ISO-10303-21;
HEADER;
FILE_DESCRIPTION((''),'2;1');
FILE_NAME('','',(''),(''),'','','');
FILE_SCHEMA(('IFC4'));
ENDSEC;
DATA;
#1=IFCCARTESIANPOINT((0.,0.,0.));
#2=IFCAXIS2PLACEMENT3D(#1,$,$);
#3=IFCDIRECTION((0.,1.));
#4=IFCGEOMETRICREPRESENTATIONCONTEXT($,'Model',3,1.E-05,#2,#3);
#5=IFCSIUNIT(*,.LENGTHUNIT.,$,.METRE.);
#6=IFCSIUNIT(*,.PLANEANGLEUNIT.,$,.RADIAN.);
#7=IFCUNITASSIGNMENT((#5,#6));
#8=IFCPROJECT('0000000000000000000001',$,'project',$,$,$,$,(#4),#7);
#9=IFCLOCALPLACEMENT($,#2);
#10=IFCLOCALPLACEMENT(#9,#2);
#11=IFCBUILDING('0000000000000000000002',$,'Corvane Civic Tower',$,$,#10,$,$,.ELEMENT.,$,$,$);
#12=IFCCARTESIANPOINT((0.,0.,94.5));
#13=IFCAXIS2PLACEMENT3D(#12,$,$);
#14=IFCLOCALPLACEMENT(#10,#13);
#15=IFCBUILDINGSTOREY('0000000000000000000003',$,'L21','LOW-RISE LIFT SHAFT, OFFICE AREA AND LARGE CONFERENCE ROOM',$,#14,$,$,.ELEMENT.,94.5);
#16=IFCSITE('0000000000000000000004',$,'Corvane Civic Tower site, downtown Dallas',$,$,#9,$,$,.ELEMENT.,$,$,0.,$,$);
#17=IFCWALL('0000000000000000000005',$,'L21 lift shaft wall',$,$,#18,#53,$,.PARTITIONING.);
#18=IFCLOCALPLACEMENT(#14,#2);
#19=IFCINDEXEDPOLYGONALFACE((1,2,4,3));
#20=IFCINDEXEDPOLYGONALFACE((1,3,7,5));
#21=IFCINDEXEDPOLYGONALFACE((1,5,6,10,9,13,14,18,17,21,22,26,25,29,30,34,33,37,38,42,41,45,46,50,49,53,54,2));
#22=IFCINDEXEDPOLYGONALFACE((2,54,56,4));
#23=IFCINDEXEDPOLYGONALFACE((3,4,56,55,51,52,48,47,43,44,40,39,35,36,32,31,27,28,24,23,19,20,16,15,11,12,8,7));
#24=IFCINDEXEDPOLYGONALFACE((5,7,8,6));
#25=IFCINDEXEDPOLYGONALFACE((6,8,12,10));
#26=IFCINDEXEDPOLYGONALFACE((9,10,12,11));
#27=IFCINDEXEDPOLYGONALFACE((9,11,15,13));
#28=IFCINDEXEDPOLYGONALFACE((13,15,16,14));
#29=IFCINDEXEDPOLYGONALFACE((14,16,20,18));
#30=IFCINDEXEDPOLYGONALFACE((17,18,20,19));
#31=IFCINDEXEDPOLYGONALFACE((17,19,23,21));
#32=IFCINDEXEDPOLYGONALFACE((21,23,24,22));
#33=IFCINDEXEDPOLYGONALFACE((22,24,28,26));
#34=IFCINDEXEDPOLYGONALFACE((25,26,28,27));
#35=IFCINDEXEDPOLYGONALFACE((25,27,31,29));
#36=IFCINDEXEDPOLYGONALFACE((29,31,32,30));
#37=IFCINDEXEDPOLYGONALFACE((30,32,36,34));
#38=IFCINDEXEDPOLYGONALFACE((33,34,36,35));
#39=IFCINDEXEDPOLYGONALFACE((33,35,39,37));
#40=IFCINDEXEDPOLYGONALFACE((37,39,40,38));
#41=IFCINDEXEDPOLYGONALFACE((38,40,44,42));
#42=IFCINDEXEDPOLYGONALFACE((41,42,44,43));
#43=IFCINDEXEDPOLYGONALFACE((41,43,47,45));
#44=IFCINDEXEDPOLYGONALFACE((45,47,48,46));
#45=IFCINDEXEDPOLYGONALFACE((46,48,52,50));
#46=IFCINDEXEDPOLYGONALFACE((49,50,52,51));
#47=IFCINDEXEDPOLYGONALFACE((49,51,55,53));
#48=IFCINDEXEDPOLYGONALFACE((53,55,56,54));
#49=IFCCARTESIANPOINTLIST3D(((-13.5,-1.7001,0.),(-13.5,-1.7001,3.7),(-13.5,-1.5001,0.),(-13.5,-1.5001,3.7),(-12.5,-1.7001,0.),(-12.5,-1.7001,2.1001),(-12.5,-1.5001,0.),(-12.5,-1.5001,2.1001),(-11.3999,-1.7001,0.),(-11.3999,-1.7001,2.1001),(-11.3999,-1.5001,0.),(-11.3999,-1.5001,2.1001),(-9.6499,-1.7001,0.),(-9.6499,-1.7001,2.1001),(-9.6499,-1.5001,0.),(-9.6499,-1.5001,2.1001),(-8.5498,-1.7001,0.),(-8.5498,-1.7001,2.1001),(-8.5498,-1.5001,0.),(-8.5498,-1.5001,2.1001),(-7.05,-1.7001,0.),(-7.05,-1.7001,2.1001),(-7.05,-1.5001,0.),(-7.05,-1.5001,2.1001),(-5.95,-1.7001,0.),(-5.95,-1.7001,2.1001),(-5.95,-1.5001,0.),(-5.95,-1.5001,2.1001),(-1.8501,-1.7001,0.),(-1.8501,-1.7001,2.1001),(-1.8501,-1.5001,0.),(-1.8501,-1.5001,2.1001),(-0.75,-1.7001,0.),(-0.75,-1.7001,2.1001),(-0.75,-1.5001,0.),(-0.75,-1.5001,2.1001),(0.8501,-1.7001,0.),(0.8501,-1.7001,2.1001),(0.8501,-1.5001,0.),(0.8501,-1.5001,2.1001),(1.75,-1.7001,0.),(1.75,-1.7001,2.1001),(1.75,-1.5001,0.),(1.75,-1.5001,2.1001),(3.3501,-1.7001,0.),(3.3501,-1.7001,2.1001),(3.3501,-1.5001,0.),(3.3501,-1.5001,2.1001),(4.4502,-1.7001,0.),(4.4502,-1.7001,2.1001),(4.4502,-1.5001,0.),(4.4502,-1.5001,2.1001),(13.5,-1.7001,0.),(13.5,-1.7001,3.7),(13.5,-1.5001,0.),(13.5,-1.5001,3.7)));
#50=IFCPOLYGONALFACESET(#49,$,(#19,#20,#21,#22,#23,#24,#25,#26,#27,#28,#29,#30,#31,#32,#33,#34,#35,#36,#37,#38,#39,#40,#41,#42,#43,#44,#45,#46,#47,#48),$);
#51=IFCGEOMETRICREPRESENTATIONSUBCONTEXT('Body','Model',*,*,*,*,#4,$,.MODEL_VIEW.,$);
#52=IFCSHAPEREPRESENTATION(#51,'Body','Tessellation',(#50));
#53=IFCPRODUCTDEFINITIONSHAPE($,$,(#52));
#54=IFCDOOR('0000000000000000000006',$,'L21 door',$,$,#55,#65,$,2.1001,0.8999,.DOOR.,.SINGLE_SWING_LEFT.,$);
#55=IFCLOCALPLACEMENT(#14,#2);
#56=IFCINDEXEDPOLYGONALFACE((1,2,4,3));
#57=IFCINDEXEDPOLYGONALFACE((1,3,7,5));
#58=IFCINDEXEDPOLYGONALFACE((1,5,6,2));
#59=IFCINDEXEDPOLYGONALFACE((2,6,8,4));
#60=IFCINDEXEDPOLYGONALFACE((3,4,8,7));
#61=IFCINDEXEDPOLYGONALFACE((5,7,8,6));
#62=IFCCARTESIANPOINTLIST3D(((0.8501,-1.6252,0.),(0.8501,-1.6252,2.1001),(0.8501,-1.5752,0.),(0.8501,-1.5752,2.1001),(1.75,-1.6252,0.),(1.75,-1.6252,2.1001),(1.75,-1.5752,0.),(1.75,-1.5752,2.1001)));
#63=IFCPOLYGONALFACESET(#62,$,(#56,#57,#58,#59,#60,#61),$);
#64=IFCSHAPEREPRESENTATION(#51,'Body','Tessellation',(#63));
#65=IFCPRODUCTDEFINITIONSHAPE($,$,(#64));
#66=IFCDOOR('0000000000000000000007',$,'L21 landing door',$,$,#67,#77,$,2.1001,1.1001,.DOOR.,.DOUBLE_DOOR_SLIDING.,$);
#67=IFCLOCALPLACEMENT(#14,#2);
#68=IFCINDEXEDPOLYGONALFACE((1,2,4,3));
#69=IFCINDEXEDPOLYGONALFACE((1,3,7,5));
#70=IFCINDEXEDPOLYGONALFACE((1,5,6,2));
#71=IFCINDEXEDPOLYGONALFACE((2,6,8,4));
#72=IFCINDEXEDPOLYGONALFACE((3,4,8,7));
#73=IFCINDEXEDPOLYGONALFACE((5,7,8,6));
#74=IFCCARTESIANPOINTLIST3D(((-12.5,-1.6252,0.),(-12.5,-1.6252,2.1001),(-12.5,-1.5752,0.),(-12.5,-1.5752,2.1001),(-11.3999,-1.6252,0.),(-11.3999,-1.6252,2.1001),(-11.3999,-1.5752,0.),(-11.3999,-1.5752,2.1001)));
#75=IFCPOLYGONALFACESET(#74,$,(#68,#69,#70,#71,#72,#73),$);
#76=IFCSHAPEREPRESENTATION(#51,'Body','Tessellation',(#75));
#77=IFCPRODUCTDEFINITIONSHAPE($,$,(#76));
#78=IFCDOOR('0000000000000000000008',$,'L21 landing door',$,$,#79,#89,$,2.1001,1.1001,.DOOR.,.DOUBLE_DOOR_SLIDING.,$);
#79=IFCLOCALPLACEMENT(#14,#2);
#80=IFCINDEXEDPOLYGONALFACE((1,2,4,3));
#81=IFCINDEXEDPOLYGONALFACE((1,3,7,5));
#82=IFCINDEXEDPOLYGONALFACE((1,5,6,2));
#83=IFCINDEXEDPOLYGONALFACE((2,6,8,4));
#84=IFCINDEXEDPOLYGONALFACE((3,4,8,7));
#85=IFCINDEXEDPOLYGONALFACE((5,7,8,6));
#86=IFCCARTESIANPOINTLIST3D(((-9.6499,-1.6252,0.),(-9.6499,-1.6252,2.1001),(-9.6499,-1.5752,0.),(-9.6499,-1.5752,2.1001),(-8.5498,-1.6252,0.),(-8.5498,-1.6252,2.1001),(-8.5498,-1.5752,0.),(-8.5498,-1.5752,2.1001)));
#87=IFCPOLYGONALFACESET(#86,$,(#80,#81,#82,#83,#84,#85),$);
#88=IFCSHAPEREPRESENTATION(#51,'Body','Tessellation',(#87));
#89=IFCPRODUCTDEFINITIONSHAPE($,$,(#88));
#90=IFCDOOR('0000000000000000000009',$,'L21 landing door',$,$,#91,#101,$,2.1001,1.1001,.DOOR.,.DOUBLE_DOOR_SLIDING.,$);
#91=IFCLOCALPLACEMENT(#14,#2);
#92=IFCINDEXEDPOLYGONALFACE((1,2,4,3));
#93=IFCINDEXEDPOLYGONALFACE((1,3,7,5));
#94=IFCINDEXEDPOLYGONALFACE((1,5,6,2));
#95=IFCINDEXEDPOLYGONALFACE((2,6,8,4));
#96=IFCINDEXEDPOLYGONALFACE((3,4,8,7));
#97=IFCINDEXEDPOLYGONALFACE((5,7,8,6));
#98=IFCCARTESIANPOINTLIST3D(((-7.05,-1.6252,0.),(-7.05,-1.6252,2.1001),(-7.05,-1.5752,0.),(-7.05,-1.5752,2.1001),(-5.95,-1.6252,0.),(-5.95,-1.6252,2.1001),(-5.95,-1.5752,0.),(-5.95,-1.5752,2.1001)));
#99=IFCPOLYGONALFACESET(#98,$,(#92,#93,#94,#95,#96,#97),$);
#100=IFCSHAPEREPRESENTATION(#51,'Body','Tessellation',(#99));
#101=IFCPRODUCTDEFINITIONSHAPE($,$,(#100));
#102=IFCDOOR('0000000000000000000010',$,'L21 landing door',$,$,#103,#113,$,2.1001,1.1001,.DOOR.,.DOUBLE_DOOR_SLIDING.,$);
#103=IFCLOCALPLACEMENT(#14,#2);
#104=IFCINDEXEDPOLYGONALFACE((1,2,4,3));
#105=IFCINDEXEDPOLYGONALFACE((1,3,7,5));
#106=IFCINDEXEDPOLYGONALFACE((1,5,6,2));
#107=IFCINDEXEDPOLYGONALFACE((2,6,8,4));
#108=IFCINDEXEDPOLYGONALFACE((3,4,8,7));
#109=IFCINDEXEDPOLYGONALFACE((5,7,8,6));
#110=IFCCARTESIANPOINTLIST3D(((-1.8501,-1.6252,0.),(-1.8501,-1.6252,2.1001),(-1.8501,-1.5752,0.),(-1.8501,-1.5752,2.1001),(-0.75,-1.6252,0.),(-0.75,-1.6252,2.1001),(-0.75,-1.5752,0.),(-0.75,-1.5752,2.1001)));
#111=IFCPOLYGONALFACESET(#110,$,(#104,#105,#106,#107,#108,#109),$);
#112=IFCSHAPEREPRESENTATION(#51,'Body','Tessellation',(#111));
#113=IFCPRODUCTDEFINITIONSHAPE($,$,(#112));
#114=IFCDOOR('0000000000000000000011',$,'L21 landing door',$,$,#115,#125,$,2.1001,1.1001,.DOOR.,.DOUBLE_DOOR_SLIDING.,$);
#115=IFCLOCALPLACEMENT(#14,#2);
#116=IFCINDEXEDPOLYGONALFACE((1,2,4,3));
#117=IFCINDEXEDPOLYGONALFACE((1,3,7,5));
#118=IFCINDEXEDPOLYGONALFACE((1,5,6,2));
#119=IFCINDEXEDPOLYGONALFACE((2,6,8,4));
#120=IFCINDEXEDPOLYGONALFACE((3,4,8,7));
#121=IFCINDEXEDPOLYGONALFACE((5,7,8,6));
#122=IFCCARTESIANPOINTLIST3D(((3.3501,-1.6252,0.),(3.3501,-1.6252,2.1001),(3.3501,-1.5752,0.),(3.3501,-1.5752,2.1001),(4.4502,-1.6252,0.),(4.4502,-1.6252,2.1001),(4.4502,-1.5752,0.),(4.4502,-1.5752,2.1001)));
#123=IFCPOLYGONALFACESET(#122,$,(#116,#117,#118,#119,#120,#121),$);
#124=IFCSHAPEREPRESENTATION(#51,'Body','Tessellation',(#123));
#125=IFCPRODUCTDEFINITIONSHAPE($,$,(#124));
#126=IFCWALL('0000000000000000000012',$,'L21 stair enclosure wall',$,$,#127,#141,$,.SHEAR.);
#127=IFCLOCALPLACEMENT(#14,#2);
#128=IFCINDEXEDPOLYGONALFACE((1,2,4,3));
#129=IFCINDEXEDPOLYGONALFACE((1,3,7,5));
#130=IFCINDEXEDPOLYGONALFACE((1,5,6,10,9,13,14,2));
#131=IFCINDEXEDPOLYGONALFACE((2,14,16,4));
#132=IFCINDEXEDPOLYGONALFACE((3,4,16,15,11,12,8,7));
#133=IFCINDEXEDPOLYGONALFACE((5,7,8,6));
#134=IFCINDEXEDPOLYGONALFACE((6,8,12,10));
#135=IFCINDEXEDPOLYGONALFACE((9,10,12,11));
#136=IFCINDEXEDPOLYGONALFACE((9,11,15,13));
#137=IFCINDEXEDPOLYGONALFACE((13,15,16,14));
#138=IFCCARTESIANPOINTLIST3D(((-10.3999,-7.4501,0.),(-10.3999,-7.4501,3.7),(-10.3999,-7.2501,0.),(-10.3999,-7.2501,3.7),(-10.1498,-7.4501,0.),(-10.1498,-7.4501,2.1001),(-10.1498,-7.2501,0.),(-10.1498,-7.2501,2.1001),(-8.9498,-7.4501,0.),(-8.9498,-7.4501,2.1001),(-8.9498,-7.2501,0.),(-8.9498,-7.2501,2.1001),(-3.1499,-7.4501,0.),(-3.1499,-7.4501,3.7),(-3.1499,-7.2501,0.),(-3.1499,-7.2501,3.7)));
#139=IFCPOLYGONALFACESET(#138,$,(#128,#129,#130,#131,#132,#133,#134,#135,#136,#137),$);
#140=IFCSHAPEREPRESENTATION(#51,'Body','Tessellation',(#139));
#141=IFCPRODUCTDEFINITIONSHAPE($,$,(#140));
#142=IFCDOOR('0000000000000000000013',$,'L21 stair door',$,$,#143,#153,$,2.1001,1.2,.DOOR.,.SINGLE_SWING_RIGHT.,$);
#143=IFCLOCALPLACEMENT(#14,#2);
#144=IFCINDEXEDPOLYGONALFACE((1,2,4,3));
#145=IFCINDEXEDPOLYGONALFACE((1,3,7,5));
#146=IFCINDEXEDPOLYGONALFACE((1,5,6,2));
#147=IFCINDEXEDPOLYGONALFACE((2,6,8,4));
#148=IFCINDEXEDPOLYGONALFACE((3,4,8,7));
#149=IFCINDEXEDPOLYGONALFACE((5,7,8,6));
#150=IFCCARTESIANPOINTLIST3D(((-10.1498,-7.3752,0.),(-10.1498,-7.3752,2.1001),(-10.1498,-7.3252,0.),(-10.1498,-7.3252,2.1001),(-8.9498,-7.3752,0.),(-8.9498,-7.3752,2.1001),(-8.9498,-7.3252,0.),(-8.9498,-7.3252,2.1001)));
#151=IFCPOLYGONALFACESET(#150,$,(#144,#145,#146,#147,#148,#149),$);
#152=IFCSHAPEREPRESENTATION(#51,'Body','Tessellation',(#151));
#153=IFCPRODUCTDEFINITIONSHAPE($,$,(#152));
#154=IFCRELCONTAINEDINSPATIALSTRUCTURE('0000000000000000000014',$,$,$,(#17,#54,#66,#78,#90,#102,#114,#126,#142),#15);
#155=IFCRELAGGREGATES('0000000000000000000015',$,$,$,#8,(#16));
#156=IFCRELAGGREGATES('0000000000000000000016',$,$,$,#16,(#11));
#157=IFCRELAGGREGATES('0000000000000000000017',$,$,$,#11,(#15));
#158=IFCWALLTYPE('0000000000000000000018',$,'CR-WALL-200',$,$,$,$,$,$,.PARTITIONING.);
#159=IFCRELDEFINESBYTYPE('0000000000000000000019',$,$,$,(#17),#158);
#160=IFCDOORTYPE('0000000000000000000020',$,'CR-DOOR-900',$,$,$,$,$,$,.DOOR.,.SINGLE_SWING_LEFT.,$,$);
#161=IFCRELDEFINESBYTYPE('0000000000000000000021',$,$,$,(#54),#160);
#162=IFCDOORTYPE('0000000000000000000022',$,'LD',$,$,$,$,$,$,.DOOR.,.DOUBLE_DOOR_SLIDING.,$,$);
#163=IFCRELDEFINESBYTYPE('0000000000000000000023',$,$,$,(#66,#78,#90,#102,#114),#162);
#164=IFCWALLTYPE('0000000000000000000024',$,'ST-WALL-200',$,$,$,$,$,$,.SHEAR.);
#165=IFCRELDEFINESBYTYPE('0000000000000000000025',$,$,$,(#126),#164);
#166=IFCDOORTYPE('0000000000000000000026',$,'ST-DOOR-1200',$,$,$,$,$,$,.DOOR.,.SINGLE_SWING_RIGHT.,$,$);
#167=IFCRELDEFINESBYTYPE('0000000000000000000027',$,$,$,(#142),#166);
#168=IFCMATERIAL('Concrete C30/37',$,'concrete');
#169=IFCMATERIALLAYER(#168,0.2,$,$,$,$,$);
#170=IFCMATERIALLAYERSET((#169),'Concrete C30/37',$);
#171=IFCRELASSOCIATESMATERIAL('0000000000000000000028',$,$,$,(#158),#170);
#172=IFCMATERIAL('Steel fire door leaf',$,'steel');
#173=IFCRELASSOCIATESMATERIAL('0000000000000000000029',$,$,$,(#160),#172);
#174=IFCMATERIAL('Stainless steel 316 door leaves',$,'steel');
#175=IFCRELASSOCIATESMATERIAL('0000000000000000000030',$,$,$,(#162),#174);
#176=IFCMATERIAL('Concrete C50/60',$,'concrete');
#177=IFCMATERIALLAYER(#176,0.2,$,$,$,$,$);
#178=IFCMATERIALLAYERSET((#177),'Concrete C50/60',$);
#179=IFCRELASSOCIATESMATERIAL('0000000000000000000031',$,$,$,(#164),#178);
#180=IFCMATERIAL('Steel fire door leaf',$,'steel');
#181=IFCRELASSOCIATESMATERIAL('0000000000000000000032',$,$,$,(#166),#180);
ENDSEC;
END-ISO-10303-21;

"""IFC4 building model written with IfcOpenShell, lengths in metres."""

from ifc_helpers import new_model, si_unit, direction, frame, frame_2d, origin, place, context, subcontext, project, spatial, rectangle, extrude, material, layer, layer_set, type_object, element, fill, save


model = new_model("IFC4")

# Units and contexts
model_context = context("Model", 3, precision=1e-05, world=origin(), true_north=direction((0.0, 1.0)))
body_context = subcontext(model_context, "Body", "Model", "MODEL_VIEW")
ifc_project = project(units=[si_unit("LENGTHUNIT", "METRE"), si_unit("PLANEANGLEUNIT", "RADIAN")], contexts=[model_context])

# Site, building, storey
site_placement = place(None, origin())
site = spatial("IfcSite", under=ifc_project, at=site_placement, Name="Corvane Civic Tower site, downtown Dallas", CompositionType="ELEMENT", RefElevation=0.0)
building_placement = place(site_placement, origin())
building = spatial("IfcBuilding", under=site, at=building_placement, Name="Corvane Civic Tower", CompositionType="ELEMENT")
storey_placement = place(building_placement, frame((0.0, 0.0, 94.5)))
storey = spatial("IfcBuildingStorey", under=building, at=storey_placement, Name="L21", Description="LOW-RISE LIFT SHAFT, OFFICE AREA AND LARGE CONFERENCE ROOM", CompositionType="ELEMENT", Elevation=94.5)

# Shared definitions
ifc_material_1 = material(Name="Concrete C30/37", Category="concrete")
ifc_layer_1 = layer(ifc_material_1, 0.2)
ifc_layer_set_1 = layer_set([ifc_layer_1], Name="Concrete C30/37")
wall_type_1 = type_object("IfcWallType", Name="CR-WALL-200", PredefinedType="PARTITIONING", material=ifc_layer_set_1)
ifc_material_2 = material(Name="Steel fire door leaf", Category="steel")
door_type_1 = type_object("IfcDoorType", Name="CR-DOOR-900", OperationType="SINGLE_SWING_LEFT", PredefinedType="DOOR", material=ifc_material_2)

# Wall, openings, doors
wall_1_placement = place(storey_placement, frame((-13.5, -1.6001, 0.0), z_axis=(0.0, 0.0, 1.0), x_axis=(1.0, 0.0, 0.0)))
wall_1 = element("IfcWall", 1, at=wall_1_placement, inside=storey, type_object=wall_type_1, Name="L21 lift shaft wall", PredefinedType="PARTITIONING", context=body_context, shape_type="SweptSolid", body=[
    extrude(rectangle(XDim=27.0, YDim=0.2, at=frame_2d((13.5, 0.0))), origin(), (0.0, 0.0, 1.0), 3.7),
])
opening_1_placement = place(wall_1_placement, frame((1.0, 0.0, 0.0)))
opening_1 = element("IfcOpeningElement", 2, at=opening_1_placement, cuts=wall_1, PredefinedType="OPENING", context=body_context, shape_type="SweptSolid", body=[
    extrude(rectangle(XDim=1.1001, YDim=2.1001, at=frame_2d((0.55, 1.05))), frame((0.0, 0.1099, 0.0), z_axis=(0.0, -1.0, 0.0), x_axis=(1.0, 0.0, 0.0)), (0.0, 0.0, 1.0), 0.22),
])
opening_2_placement = place(wall_1_placement, frame((3.8501, 0.0, 0.0)))
opening_2 = element("IfcOpeningElement", 3, at=opening_2_placement, cuts=wall_1, PredefinedType="OPENING", context=body_context, shape_type="SweptSolid", body=[
    extrude(rectangle(XDim=1.1001, YDim=2.1001, at=frame_2d((0.55, 1.05))), frame((0.0, 0.1099, 0.0), z_axis=(0.0, -1.0, 0.0), x_axis=(1.0, 0.0, 0.0)), (0.0, 0.0, 1.0), 0.22),
])
opening_3_placement = place(wall_1_placement, frame((6.45, 0.0, 0.0)))
opening_3 = element("IfcOpeningElement", 4, at=opening_3_placement, cuts=wall_1, PredefinedType="OPENING", context=body_context, shape_type="SweptSolid", body=[
    extrude(rectangle(XDim=1.1001, YDim=2.1001, at=frame_2d((0.55, 1.05))), frame((0.0, 0.1099, 0.0), z_axis=(0.0, -1.0, 0.0), x_axis=(1.0, 0.0, 0.0)), (0.0, 0.0, 1.0), 0.22),
])
opening_4_placement = place(wall_1_placement, frame((11.6499, 0.0, 0.0)))
opening_4 = element("IfcOpeningElement", 5, at=opening_4_placement, cuts=wall_1, PredefinedType="OPENING", context=body_context, shape_type="SweptSolid", body=[
    extrude(rectangle(XDim=1.1001, YDim=2.1001, at=frame_2d((0.55, 1.05))), frame((0.0, 0.1099, 0.0), z_axis=(0.0, -1.0, 0.0), x_axis=(1.0, 0.0, 0.0)), (0.0, 0.0, 1.0), 0.22),
])
opening_5_placement = place(wall_1_placement, frame((14.3501, 0.0, 0.0)))
opening_5 = element("IfcOpeningElement", 6, at=opening_5_placement, cuts=wall_1, PredefinedType="OPENING", context=body_context, shape_type="SweptSolid", body=[
    extrude(rectangle(XDim=0.8999, YDim=2.1001, at=frame_2d((0.45, 1.05))), frame((0.0, 0.1099, 0.0), z_axis=(0.0, -1.0, 0.0), x_axis=(1.0, 0.0, 0.0)), (0.0, 0.0, 1.0), 0.22),
])
opening_6_placement = place(wall_1_placement, frame((16.8501, 0.0, 0.0)))
opening_6 = element("IfcOpeningElement", 7, at=opening_6_placement, cuts=wall_1, PredefinedType="OPENING", context=body_context, shape_type="SweptSolid", body=[
    extrude(rectangle(XDim=1.1001, YDim=2.1001, at=frame_2d((0.55, 1.05))), frame((0.0, 0.1099, 0.0), z_axis=(0.0, -1.0, 0.0), x_axis=(1.0, 0.0, 0.0)), (0.0, 0.0, 1.0), 0.22),
])
door_1_placement = place(opening_5_placement, origin())
door_1 = element("IfcDoor", 8, at=door_1_placement, inside=storey, type_object=door_type_1, Name="L21 door", OperationType="SINGLE_SWING_LEFT", OverallHeight=2.1001, OverallWidth=0.8999, PredefinedType="DOOR", context=body_context, shape_type="SweptSolid", body=[
    extrude(rectangle(XDim=0.8999, YDim=2.1001, at=frame_2d((0.45, 1.05))), frame((0.0, 0.0249, 0.0), z_axis=(0.0, -1.0, 0.0), x_axis=(1.0, 0.0, 0.0)), (0.0, 0.0, 1.0), 0.05),
])
fill(opening_5, door_1)
ifc_material_3 = material(Name="Stainless steel 316 door leaves", Category="steel")
door_type_2 = type_object("IfcDoorType", Name="LD", OperationType="DOUBLE_DOOR_SLIDING", PredefinedType="DOOR", material=ifc_material_3)
door_2_placement = place(opening_1_placement, origin())
door_2 = element("IfcDoor", 9, at=door_2_placement, inside=storey, type_object=door_type_2, Name="L21 landing door", OperationType="DOUBLE_DOOR_SLIDING", OverallHeight=2.1001, OverallWidth=1.1001, PredefinedType="DOOR", context=body_context, shape_type="SweptSolid", body=[
    extrude(rectangle(XDim=1.1001, YDim=2.1001, at=frame_2d((0.55, 1.05))), frame((0.0, 0.0249, 0.0), z_axis=(0.0, -1.0, 0.0), x_axis=(1.0, 0.0, 0.0)), (0.0, 0.0, 1.0), 0.05),
])
fill(opening_1, door_2)
door_3_placement = place(opening_2_placement, origin())
door_3 = element("IfcDoor", 10, at=door_3_placement, inside=storey, type_object=door_type_2, Name="L21 landing door", OperationType="DOUBLE_DOOR_SLIDING", OverallHeight=2.1001, OverallWidth=1.1001, PredefinedType="DOOR", context=body_context, shape_type="SweptSolid", body=[
    extrude(rectangle(XDim=1.1001, YDim=2.1001, at=frame_2d((0.55, 1.05))), frame((0.0, 0.0249, 0.0), z_axis=(0.0, -1.0, 0.0), x_axis=(1.0, 0.0, 0.0)), (0.0, 0.0, 1.0), 0.05),
])
fill(opening_2, door_3)
door_4_placement = place(opening_3_placement, origin())
door_4 = element("IfcDoor", 11, at=door_4_placement, inside=storey, type_object=door_type_2, Name="L21 landing door", OperationType="DOUBLE_DOOR_SLIDING", OverallHeight=2.1001, OverallWidth=1.1001, PredefinedType="DOOR", context=body_context, shape_type="SweptSolid", body=[
    extrude(rectangle(XDim=1.1001, YDim=2.1001, at=frame_2d((0.55, 1.05))), frame((0.0, 0.0249, 0.0), z_axis=(0.0, -1.0, 0.0), x_axis=(1.0, 0.0, 0.0)), (0.0, 0.0, 1.0), 0.05),
])
fill(opening_3, door_4)
door_5_placement = place(opening_4_placement, origin())
door_5 = element("IfcDoor", 12, at=door_5_placement, inside=storey, type_object=door_type_2, Name="L21 landing door", OperationType="DOUBLE_DOOR_SLIDING", OverallHeight=2.1001, OverallWidth=1.1001, PredefinedType="DOOR", context=body_context, shape_type="SweptSolid", body=[
    extrude(rectangle(XDim=1.1001, YDim=2.1001, at=frame_2d((0.55, 1.05))), frame((0.0, 0.0249, 0.0), z_axis=(0.0, -1.0, 0.0), x_axis=(1.0, 0.0, 0.0)), (0.0, 0.0, 1.0), 0.05),
])
fill(opening_4, door_5)
door_6_placement = place(opening_6_placement, origin())
door_6 = element("IfcDoor", 13, at=door_6_placement, inside=storey, type_object=door_type_2, Name="L21 landing door", OperationType="DOUBLE_DOOR_SLIDING", OverallHeight=2.1001, OverallWidth=1.1001, PredefinedType="DOOR", context=body_context, shape_type="SweptSolid", body=[
    extrude(rectangle(XDim=1.1001, YDim=2.1001, at=frame_2d((0.55, 1.05))), frame((0.0, 0.0249, 0.0), z_axis=(0.0, -1.0, 0.0), x_axis=(1.0, 0.0, 0.0)), (0.0, 0.0, 1.0), 0.05),
])
fill(opening_6, door_6)

# Wall, opening, door
ifc_material_4 = material(Name="Concrete C50/60", Category="concrete")
ifc_layer_2 = layer(ifc_material_4, 0.2)
ifc_layer_set_2 = layer_set([ifc_layer_2], Name="Concrete C50/60")
wall_type_2 = type_object("IfcWallType", Name="ST-WALL-200", PredefinedType="SHEAR", material=ifc_layer_set_2)
wall_2_placement = place(storey_placement, frame((-10.3999, -7.3501, 0.0), z_axis=(0.0, 0.0, 1.0), x_axis=(1.0, 0.0, 0.0)))
wall_2 = element("IfcWall", 14, at=wall_2_placement, inside=storey, type_object=wall_type_2, Name="L21 stair enclosure wall", PredefinedType="SHEAR", context=body_context, shape_type="SweptSolid", body=[
    extrude(rectangle(XDim=7.25, YDim=0.2, at=frame_2d((3.625, 0.0))), origin(), (0.0, 0.0, 1.0), 3.7),
])
opening_7_placement = place(wall_2_placement, frame((0.25, 0.0, 0.0)))
opening_7 = element("IfcOpeningElement", 15, at=opening_7_placement, cuts=wall_2, PredefinedType="OPENING", context=body_context, shape_type="SweptSolid", body=[
    extrude(rectangle(XDim=1.2, YDim=2.1001, at=frame_2d((0.6001, 1.05))), frame((0.0, 0.1099, 0.0), z_axis=(0.0, -1.0, 0.0), x_axis=(1.0, 0.0, 0.0)), (0.0, 0.0, 1.0), 0.22),
])
ifc_material_5 = material(Name="Steel fire door leaf", Category="steel")
door_type_3 = type_object("IfcDoorType", Name="ST-DOOR-1200", OperationType="SINGLE_SWING_RIGHT", PredefinedType="DOOR", material=ifc_material_5)
door_7_placement = place(opening_7_placement, origin())
door_7 = element("IfcDoor", 16, at=door_7_placement, inside=storey, type_object=door_type_3, Name="L21 stair door", OperationType="SINGLE_SWING_RIGHT", OverallHeight=2.1001, OverallWidth=1.2, PredefinedType="DOOR", context=body_context, shape_type="SweptSolid", body=[
    extrude(rectangle(XDim=1.2, YDim=2.1001, at=frame_2d((0.6001, 1.05))), frame((0.0, 0.0249, 0.0), z_axis=(0.0, -1.0, 0.0), x_axis=(1.0, 0.0, 0.0)), (0.0, 0.0, 1.0), 0.05),
])
fill(opening_7, door_7)

save(model, "model.ifc")
